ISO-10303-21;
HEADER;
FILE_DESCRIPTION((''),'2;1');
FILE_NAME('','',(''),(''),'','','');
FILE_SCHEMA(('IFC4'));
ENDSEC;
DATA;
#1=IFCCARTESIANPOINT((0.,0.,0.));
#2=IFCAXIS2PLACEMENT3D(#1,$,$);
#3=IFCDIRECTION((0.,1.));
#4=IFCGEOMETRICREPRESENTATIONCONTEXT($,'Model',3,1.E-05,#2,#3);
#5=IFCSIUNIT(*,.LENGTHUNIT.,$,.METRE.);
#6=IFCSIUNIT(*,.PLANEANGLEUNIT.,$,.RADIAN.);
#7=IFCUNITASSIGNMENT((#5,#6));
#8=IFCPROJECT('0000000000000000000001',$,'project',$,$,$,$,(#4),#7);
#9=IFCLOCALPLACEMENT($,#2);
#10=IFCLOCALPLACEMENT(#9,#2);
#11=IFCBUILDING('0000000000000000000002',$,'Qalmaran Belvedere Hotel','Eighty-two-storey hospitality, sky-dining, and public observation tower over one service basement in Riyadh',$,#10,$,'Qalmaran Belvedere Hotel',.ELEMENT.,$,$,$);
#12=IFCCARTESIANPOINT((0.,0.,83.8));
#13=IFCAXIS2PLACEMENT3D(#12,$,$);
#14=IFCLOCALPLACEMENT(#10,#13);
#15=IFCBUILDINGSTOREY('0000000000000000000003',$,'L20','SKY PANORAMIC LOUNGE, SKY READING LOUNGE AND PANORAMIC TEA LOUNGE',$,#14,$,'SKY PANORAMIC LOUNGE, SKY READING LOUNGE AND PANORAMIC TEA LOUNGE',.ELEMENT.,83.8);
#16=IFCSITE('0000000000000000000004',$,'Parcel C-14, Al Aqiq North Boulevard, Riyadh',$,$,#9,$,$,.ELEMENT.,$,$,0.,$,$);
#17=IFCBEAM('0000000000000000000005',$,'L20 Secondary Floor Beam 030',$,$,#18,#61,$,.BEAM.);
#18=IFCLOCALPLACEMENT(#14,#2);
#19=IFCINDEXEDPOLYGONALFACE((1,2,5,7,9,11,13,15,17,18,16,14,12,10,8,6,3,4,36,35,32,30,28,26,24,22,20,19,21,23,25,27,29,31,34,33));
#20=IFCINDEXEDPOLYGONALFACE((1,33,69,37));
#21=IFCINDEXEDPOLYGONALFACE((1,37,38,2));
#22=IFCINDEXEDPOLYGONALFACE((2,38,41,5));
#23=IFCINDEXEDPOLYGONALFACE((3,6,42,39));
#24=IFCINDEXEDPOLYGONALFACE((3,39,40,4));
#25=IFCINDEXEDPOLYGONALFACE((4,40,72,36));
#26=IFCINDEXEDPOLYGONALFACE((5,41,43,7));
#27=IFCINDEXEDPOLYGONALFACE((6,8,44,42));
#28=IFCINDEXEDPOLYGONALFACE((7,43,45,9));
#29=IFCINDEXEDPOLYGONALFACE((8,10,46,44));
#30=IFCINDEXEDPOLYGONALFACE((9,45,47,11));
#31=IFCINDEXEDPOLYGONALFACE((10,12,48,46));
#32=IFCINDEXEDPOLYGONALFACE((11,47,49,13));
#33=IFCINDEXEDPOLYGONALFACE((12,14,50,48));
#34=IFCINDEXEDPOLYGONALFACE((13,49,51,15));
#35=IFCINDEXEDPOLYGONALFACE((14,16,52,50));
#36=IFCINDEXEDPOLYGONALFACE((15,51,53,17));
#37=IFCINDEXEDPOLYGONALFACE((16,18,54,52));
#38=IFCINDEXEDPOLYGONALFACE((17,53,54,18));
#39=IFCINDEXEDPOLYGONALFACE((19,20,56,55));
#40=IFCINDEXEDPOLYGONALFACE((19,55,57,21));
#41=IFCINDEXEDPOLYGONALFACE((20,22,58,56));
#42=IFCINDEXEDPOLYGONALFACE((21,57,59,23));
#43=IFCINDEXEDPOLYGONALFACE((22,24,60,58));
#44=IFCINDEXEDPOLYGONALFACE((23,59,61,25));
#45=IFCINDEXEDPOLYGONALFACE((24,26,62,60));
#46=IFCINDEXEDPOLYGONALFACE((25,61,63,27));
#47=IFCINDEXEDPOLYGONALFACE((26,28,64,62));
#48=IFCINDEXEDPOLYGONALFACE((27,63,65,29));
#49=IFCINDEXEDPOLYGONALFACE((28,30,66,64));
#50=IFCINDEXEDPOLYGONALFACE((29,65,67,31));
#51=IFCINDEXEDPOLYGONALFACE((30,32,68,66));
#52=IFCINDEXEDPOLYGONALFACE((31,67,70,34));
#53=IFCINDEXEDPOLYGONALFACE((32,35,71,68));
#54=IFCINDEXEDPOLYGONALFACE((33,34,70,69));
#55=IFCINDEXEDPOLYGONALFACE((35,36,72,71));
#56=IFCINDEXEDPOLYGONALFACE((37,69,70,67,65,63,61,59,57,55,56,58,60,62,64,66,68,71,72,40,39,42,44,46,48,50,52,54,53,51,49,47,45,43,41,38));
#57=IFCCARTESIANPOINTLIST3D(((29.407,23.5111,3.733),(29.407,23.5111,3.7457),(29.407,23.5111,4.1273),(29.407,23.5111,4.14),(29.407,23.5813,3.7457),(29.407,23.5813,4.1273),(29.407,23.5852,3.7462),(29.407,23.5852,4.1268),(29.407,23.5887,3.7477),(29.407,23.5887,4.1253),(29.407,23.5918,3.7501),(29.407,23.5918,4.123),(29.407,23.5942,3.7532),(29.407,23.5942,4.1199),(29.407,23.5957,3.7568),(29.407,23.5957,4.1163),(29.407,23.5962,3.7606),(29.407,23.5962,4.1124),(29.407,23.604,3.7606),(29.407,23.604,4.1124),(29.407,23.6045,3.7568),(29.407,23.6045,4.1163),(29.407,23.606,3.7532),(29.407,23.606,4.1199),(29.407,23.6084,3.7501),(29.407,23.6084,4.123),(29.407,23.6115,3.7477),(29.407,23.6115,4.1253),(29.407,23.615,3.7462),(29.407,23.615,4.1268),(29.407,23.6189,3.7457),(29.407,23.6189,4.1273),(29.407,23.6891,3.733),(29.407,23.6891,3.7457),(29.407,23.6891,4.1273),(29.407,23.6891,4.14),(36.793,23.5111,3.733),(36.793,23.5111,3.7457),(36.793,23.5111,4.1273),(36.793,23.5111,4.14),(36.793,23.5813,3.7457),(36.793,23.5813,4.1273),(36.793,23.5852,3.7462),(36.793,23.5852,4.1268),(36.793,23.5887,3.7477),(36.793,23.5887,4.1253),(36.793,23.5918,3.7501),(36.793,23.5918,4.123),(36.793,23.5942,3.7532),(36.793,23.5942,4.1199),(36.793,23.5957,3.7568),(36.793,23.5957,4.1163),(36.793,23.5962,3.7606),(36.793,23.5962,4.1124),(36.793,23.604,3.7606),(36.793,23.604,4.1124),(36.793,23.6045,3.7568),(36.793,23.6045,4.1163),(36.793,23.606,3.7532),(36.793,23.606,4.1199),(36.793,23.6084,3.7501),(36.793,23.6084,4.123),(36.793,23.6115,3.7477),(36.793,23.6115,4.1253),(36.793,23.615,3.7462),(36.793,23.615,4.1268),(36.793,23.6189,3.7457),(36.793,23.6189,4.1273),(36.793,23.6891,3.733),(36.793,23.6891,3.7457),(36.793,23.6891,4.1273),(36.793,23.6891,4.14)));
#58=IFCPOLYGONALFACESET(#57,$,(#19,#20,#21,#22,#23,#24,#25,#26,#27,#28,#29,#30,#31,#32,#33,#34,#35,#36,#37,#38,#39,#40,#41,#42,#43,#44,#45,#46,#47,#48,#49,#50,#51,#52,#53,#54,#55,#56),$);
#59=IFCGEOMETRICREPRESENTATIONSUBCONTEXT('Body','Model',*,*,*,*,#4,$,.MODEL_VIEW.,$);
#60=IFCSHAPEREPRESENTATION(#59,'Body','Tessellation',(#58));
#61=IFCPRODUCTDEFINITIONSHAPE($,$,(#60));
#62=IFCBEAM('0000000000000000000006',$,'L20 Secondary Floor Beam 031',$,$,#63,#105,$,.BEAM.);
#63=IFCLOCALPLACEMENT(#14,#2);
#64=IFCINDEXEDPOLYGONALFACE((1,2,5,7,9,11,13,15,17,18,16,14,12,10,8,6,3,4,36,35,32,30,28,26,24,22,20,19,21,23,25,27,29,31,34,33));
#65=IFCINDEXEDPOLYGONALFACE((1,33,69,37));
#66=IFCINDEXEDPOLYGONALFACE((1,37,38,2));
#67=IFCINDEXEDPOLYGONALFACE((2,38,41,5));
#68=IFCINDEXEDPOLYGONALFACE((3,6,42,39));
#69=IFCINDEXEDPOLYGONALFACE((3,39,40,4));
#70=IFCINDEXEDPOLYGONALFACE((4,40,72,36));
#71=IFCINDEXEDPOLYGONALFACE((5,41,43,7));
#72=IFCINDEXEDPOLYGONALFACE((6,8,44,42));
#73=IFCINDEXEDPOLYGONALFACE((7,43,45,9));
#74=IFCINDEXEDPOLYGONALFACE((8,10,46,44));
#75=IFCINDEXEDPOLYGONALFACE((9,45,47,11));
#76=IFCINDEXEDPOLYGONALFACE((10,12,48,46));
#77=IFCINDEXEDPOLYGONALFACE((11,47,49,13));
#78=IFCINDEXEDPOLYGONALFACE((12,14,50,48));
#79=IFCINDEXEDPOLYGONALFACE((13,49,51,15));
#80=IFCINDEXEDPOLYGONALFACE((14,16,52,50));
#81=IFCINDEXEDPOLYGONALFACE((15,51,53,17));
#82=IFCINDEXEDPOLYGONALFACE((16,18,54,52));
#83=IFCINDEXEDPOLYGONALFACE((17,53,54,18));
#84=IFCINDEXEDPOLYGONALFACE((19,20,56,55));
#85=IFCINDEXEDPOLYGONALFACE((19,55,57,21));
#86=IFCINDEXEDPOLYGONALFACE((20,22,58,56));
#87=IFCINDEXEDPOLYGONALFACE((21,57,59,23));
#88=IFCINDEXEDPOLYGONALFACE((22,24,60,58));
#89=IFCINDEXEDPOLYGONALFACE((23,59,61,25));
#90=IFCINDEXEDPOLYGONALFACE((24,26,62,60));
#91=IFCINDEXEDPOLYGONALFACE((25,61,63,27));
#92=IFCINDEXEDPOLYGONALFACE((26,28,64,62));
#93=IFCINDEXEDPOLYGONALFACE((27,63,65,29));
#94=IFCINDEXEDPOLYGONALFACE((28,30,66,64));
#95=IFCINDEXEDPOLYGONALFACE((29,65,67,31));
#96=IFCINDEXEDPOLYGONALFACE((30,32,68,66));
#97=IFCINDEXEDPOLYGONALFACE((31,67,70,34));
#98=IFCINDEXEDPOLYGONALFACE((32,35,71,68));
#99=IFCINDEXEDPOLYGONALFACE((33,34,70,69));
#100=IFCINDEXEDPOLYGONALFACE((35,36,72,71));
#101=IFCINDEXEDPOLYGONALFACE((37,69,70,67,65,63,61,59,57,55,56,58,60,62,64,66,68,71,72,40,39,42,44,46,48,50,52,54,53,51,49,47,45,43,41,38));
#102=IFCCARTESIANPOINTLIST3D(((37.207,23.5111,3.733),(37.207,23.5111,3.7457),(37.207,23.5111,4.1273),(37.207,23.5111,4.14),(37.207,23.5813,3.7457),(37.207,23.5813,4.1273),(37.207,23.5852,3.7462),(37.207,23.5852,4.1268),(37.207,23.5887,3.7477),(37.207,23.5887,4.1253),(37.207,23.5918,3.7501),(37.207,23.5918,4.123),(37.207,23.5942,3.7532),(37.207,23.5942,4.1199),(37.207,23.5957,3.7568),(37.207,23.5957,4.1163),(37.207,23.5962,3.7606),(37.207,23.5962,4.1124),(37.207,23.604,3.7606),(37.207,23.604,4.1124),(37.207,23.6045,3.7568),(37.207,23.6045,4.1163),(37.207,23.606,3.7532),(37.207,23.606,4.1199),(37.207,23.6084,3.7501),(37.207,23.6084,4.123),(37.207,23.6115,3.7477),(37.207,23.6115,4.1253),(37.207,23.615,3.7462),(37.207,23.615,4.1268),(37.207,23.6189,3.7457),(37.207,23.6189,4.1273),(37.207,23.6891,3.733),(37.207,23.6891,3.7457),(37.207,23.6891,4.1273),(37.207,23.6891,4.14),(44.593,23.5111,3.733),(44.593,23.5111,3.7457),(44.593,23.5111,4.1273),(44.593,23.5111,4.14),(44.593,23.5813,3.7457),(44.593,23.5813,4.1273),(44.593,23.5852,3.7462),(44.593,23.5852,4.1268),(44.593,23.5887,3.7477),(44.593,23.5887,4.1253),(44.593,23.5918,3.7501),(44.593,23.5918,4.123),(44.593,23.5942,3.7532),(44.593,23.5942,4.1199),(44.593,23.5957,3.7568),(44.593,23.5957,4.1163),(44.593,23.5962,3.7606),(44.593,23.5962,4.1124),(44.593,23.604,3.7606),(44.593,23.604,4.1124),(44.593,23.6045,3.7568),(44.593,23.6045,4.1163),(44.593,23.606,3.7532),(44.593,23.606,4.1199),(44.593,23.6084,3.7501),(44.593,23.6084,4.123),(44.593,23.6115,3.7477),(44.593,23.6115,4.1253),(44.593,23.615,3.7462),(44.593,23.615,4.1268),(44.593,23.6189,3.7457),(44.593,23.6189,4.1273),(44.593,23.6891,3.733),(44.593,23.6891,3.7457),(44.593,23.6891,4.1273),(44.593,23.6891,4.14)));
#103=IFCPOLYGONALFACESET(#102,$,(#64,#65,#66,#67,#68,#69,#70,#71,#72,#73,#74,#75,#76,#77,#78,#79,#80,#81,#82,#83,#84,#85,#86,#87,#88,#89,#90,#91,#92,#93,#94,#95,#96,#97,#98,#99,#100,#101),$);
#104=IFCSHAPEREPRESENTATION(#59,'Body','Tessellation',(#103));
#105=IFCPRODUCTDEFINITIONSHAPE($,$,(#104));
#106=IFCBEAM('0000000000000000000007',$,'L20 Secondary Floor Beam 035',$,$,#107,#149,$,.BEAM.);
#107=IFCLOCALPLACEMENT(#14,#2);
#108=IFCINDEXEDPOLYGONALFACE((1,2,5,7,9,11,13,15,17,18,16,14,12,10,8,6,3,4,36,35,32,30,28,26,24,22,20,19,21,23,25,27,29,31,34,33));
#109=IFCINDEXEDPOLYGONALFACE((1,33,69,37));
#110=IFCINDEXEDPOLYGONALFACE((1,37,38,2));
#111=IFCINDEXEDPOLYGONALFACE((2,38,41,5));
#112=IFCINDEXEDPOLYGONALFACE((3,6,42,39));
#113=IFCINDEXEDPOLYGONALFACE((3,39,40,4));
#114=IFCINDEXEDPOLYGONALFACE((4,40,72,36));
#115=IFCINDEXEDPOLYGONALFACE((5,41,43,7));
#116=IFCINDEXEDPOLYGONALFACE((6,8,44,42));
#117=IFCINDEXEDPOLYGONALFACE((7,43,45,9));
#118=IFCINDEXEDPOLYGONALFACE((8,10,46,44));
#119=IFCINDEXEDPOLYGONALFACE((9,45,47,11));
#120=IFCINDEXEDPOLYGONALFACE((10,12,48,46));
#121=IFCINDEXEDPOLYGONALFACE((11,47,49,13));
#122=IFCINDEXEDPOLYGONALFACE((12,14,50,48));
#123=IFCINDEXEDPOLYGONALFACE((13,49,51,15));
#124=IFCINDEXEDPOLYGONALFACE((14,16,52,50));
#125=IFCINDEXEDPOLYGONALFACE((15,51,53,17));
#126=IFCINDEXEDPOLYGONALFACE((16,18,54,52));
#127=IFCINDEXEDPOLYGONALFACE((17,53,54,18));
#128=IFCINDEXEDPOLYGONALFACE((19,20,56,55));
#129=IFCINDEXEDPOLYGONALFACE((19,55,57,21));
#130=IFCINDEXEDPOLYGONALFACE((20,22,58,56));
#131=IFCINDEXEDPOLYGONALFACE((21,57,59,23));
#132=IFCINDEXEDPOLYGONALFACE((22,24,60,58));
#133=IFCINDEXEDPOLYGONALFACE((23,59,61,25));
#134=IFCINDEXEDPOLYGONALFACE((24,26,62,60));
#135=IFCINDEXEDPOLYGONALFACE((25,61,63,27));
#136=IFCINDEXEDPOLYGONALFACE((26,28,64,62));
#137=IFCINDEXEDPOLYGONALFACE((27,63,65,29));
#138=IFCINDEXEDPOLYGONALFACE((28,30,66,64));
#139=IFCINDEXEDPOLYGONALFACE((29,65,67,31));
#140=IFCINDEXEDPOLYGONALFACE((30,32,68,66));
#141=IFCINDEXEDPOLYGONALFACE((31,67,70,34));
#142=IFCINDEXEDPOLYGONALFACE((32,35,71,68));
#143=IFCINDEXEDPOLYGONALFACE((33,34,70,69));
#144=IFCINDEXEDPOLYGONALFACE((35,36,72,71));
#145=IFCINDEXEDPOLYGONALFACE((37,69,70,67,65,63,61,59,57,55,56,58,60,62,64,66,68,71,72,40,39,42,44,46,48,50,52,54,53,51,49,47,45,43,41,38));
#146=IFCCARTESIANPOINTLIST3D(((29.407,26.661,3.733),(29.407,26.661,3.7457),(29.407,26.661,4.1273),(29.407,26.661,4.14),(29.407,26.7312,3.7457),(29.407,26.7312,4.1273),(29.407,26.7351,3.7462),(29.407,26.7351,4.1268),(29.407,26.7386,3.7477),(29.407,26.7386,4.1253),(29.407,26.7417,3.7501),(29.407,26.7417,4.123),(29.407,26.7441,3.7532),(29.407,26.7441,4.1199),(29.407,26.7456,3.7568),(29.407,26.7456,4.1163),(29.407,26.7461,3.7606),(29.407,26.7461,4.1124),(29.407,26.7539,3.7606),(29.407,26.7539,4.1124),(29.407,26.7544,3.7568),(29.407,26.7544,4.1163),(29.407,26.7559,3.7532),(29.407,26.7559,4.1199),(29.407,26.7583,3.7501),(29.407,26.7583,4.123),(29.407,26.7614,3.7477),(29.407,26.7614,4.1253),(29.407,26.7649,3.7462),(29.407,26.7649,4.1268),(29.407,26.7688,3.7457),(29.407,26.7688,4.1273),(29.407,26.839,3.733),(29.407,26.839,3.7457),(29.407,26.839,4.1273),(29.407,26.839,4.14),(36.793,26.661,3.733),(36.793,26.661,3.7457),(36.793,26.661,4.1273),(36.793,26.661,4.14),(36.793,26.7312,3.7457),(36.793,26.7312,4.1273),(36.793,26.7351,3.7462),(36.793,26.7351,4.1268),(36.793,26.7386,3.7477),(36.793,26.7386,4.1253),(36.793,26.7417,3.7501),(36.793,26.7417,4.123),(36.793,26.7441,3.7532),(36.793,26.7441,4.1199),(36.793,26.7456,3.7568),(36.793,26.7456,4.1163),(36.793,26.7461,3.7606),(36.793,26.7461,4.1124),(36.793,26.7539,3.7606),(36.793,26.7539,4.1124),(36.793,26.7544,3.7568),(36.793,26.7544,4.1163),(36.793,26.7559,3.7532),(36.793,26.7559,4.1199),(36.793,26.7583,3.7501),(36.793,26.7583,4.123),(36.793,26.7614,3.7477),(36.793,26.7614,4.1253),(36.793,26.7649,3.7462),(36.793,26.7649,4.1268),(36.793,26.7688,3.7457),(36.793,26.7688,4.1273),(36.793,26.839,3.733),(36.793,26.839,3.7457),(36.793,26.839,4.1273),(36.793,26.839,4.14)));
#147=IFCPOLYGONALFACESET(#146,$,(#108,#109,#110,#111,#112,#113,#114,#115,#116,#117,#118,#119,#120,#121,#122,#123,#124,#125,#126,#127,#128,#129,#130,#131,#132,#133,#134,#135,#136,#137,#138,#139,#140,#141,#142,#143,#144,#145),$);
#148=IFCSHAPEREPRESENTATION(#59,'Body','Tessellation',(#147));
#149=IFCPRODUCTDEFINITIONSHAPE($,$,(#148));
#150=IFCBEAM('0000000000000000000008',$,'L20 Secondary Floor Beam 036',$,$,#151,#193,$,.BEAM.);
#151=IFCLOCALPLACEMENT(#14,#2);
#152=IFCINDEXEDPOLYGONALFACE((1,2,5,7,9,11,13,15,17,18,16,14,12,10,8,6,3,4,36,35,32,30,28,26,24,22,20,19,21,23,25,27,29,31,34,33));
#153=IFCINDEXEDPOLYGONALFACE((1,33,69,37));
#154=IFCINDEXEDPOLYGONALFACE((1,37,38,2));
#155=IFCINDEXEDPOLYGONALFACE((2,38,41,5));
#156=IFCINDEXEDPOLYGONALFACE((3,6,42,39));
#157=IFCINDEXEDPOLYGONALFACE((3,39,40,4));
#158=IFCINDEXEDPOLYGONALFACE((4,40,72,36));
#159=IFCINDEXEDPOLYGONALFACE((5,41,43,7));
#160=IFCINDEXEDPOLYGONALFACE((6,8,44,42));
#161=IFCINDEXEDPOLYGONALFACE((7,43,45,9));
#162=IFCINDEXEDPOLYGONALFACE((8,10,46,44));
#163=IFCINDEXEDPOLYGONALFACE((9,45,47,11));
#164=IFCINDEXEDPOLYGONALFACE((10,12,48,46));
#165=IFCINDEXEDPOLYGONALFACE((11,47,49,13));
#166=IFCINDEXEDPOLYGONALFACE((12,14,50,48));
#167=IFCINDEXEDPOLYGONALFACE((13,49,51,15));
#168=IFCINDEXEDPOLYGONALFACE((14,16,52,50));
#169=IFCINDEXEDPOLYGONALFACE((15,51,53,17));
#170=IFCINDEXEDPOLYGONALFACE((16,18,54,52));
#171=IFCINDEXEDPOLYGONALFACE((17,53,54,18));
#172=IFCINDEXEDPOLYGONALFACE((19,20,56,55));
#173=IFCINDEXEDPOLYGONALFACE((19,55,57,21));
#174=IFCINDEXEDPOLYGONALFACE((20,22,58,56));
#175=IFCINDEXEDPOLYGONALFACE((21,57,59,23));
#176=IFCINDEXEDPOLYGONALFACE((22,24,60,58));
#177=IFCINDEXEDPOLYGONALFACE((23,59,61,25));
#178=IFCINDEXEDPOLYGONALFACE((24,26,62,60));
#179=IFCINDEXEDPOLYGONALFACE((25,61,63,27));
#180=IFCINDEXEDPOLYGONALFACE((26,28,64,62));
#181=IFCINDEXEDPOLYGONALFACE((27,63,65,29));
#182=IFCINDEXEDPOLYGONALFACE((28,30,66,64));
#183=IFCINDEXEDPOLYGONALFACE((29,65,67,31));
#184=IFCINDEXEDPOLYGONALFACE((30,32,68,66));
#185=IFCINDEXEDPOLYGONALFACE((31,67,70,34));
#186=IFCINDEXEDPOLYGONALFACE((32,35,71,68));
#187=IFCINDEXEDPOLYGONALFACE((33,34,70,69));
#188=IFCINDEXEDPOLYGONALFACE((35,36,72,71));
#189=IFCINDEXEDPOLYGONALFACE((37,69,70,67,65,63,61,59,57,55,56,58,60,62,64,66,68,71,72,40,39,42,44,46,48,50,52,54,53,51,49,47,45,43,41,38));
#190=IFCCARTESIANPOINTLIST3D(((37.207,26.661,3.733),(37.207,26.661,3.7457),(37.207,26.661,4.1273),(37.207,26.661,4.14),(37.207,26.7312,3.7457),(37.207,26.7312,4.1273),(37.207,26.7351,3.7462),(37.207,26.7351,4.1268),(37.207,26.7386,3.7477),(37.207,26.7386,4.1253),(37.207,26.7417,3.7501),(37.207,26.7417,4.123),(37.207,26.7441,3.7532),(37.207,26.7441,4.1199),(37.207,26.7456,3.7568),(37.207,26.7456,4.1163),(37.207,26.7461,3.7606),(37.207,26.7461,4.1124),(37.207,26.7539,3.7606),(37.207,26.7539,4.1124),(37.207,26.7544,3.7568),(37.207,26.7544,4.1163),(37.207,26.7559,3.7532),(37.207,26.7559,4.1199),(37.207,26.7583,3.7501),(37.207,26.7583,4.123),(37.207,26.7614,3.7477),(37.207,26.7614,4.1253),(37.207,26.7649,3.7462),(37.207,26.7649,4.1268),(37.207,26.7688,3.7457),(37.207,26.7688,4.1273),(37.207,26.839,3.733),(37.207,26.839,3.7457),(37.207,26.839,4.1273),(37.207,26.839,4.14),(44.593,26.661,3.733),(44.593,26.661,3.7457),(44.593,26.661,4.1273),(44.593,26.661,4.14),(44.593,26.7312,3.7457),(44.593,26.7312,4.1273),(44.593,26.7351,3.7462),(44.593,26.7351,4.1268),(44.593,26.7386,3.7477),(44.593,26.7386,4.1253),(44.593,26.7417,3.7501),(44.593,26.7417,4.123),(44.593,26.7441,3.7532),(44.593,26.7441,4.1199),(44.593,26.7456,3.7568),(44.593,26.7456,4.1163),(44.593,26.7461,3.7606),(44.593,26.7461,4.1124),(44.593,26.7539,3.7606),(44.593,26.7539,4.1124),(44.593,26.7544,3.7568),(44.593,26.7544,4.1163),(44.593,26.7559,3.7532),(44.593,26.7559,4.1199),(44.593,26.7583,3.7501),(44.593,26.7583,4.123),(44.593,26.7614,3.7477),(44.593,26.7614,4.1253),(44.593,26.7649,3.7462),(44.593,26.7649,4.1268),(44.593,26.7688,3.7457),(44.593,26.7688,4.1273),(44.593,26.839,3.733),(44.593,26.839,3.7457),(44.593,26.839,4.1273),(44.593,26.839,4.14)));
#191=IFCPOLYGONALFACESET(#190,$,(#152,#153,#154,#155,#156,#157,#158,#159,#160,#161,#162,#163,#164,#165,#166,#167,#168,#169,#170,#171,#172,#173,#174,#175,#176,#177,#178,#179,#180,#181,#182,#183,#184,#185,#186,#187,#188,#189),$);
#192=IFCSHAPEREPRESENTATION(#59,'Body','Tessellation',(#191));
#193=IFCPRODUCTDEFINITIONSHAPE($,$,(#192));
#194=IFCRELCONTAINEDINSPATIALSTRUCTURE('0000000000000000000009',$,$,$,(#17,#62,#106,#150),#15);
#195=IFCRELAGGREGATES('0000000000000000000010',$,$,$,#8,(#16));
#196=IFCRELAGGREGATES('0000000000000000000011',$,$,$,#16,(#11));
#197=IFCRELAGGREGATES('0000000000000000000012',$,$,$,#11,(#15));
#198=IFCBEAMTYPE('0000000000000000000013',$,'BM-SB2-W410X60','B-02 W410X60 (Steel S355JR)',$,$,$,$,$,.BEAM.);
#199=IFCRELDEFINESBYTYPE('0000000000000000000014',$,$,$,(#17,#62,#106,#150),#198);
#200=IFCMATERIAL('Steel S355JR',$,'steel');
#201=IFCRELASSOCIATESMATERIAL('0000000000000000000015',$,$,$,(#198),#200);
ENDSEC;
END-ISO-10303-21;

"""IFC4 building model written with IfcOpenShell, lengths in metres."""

from ifc_helpers import new_model, si_unit, direction, frame, origin, origin_2d, place, context, subcontext, project, spatial, i_section, extrude, material, material_profile, profile_set, type_object, element, save


model = new_model("IFC4")

# Units and contexts
model_context = context("Model", 3, precision=1e-05, world=origin(), true_north=direction((0.0, 1.0)))
body_context = subcontext(model_context, "Body", "Model", "MODEL_VIEW")
ifc_project = project(units=[si_unit("LENGTHUNIT", "METRE"), si_unit("PLANEANGLEUNIT", "RADIAN")], contexts=[model_context])

# Site, building, storey
site_placement = place(None, origin())
site = spatial("IfcSite", under=ifc_project, at=site_placement, Name="Parcel C-14, Al Aqiq North Boulevard, Riyadh", CompositionType="ELEMENT", RefElevation=0.0)
building_placement = place(site_placement, origin())
building = spatial("IfcBuilding", under=site, at=building_placement, Name="Qalmaran Belvedere Hotel", Description="Eighty-two-storey hospitality, sky-dining, and public observation tower over one service basement in Riyadh", LongName="Qalmaran Belvedere Hotel", CompositionType="ELEMENT")
storey_placement = place(building_placement, frame((0.0, 0.0, 83.8)))
storey = spatial("IfcBuildingStorey", under=building, at=storey_placement, Name="L20", Description="SKY PANORAMIC LOUNGE, SKY READING LOUNGE AND PANORAMIC TEA LOUNGE", LongName="SKY PANORAMIC LOUNGE, SKY READING LOUNGE AND PANORAMIC TEA LOUNGE", CompositionType="ELEMENT", Elevation=83.8)

# Beams
ifc_material_1 = material(Name="Steel S355JR", Category="steel")
ifc_material_profile_1 = material_profile(ifc_material_1, i_section(OverallWidth=0.178, OverallDepth=0.407, WebThickness=0.0078, FlangeThickness=0.0127, FilletRadius=0.0149, at=origin_2d()), Name="W410X60")
ifc_profile_set_1 = profile_set([ifc_material_profile_1], Name="Steel S355JR")
beam_type_1 = type_object("IfcBeamType", Name="BM-SB2-W410X60", Description="B-02 W410X60 (Steel S355JR)", PredefinedType="BEAM", material=ifc_profile_set_1)
for number, where, z_axis, x_axis, name in (
    (1, (29.407, 23.6001, 3.9365), (1.0, 0.0, 0.0), (0.0, 1.0, 0.0), "L20 Secondary Floor Beam 030"),
    (2, (37.207, 23.6001, 3.9365), (1.0, 0.0, 0.0), (0.0, 1.0, 0.0), "L20 Secondary Floor Beam 031"),
    (3, (29.407, 26.75, 3.9365), (1.0, 0.0, 0.0), (0.0, 1.0, 0.0), "L20 Secondary Floor Beam 035"),
    (4, (37.207, 26.75, 3.9365), (1.0, 0.0, 0.0), (0.0, 1.0, 0.0), "L20 Secondary Floor Beam 036"),
):
    element("IfcBeam", number, at=place(storey_placement, frame(where, z_axis=z_axis, x_axis=x_axis)), inside=storey, type_object=beam_type_1, Name=name, PredefinedType="BEAM", context=body_context, shape_type="SweptSolid", body=[
        extrude(i_section(OverallWidth=0.178, OverallDepth=0.407, WebThickness=0.0078, FlangeThickness=0.0127, FilletRadius=0.0149, at=origin_2d()), origin(), (0.0, 0.0, 1.0), 7.386),
    ])

save(model, "model.ifc")
